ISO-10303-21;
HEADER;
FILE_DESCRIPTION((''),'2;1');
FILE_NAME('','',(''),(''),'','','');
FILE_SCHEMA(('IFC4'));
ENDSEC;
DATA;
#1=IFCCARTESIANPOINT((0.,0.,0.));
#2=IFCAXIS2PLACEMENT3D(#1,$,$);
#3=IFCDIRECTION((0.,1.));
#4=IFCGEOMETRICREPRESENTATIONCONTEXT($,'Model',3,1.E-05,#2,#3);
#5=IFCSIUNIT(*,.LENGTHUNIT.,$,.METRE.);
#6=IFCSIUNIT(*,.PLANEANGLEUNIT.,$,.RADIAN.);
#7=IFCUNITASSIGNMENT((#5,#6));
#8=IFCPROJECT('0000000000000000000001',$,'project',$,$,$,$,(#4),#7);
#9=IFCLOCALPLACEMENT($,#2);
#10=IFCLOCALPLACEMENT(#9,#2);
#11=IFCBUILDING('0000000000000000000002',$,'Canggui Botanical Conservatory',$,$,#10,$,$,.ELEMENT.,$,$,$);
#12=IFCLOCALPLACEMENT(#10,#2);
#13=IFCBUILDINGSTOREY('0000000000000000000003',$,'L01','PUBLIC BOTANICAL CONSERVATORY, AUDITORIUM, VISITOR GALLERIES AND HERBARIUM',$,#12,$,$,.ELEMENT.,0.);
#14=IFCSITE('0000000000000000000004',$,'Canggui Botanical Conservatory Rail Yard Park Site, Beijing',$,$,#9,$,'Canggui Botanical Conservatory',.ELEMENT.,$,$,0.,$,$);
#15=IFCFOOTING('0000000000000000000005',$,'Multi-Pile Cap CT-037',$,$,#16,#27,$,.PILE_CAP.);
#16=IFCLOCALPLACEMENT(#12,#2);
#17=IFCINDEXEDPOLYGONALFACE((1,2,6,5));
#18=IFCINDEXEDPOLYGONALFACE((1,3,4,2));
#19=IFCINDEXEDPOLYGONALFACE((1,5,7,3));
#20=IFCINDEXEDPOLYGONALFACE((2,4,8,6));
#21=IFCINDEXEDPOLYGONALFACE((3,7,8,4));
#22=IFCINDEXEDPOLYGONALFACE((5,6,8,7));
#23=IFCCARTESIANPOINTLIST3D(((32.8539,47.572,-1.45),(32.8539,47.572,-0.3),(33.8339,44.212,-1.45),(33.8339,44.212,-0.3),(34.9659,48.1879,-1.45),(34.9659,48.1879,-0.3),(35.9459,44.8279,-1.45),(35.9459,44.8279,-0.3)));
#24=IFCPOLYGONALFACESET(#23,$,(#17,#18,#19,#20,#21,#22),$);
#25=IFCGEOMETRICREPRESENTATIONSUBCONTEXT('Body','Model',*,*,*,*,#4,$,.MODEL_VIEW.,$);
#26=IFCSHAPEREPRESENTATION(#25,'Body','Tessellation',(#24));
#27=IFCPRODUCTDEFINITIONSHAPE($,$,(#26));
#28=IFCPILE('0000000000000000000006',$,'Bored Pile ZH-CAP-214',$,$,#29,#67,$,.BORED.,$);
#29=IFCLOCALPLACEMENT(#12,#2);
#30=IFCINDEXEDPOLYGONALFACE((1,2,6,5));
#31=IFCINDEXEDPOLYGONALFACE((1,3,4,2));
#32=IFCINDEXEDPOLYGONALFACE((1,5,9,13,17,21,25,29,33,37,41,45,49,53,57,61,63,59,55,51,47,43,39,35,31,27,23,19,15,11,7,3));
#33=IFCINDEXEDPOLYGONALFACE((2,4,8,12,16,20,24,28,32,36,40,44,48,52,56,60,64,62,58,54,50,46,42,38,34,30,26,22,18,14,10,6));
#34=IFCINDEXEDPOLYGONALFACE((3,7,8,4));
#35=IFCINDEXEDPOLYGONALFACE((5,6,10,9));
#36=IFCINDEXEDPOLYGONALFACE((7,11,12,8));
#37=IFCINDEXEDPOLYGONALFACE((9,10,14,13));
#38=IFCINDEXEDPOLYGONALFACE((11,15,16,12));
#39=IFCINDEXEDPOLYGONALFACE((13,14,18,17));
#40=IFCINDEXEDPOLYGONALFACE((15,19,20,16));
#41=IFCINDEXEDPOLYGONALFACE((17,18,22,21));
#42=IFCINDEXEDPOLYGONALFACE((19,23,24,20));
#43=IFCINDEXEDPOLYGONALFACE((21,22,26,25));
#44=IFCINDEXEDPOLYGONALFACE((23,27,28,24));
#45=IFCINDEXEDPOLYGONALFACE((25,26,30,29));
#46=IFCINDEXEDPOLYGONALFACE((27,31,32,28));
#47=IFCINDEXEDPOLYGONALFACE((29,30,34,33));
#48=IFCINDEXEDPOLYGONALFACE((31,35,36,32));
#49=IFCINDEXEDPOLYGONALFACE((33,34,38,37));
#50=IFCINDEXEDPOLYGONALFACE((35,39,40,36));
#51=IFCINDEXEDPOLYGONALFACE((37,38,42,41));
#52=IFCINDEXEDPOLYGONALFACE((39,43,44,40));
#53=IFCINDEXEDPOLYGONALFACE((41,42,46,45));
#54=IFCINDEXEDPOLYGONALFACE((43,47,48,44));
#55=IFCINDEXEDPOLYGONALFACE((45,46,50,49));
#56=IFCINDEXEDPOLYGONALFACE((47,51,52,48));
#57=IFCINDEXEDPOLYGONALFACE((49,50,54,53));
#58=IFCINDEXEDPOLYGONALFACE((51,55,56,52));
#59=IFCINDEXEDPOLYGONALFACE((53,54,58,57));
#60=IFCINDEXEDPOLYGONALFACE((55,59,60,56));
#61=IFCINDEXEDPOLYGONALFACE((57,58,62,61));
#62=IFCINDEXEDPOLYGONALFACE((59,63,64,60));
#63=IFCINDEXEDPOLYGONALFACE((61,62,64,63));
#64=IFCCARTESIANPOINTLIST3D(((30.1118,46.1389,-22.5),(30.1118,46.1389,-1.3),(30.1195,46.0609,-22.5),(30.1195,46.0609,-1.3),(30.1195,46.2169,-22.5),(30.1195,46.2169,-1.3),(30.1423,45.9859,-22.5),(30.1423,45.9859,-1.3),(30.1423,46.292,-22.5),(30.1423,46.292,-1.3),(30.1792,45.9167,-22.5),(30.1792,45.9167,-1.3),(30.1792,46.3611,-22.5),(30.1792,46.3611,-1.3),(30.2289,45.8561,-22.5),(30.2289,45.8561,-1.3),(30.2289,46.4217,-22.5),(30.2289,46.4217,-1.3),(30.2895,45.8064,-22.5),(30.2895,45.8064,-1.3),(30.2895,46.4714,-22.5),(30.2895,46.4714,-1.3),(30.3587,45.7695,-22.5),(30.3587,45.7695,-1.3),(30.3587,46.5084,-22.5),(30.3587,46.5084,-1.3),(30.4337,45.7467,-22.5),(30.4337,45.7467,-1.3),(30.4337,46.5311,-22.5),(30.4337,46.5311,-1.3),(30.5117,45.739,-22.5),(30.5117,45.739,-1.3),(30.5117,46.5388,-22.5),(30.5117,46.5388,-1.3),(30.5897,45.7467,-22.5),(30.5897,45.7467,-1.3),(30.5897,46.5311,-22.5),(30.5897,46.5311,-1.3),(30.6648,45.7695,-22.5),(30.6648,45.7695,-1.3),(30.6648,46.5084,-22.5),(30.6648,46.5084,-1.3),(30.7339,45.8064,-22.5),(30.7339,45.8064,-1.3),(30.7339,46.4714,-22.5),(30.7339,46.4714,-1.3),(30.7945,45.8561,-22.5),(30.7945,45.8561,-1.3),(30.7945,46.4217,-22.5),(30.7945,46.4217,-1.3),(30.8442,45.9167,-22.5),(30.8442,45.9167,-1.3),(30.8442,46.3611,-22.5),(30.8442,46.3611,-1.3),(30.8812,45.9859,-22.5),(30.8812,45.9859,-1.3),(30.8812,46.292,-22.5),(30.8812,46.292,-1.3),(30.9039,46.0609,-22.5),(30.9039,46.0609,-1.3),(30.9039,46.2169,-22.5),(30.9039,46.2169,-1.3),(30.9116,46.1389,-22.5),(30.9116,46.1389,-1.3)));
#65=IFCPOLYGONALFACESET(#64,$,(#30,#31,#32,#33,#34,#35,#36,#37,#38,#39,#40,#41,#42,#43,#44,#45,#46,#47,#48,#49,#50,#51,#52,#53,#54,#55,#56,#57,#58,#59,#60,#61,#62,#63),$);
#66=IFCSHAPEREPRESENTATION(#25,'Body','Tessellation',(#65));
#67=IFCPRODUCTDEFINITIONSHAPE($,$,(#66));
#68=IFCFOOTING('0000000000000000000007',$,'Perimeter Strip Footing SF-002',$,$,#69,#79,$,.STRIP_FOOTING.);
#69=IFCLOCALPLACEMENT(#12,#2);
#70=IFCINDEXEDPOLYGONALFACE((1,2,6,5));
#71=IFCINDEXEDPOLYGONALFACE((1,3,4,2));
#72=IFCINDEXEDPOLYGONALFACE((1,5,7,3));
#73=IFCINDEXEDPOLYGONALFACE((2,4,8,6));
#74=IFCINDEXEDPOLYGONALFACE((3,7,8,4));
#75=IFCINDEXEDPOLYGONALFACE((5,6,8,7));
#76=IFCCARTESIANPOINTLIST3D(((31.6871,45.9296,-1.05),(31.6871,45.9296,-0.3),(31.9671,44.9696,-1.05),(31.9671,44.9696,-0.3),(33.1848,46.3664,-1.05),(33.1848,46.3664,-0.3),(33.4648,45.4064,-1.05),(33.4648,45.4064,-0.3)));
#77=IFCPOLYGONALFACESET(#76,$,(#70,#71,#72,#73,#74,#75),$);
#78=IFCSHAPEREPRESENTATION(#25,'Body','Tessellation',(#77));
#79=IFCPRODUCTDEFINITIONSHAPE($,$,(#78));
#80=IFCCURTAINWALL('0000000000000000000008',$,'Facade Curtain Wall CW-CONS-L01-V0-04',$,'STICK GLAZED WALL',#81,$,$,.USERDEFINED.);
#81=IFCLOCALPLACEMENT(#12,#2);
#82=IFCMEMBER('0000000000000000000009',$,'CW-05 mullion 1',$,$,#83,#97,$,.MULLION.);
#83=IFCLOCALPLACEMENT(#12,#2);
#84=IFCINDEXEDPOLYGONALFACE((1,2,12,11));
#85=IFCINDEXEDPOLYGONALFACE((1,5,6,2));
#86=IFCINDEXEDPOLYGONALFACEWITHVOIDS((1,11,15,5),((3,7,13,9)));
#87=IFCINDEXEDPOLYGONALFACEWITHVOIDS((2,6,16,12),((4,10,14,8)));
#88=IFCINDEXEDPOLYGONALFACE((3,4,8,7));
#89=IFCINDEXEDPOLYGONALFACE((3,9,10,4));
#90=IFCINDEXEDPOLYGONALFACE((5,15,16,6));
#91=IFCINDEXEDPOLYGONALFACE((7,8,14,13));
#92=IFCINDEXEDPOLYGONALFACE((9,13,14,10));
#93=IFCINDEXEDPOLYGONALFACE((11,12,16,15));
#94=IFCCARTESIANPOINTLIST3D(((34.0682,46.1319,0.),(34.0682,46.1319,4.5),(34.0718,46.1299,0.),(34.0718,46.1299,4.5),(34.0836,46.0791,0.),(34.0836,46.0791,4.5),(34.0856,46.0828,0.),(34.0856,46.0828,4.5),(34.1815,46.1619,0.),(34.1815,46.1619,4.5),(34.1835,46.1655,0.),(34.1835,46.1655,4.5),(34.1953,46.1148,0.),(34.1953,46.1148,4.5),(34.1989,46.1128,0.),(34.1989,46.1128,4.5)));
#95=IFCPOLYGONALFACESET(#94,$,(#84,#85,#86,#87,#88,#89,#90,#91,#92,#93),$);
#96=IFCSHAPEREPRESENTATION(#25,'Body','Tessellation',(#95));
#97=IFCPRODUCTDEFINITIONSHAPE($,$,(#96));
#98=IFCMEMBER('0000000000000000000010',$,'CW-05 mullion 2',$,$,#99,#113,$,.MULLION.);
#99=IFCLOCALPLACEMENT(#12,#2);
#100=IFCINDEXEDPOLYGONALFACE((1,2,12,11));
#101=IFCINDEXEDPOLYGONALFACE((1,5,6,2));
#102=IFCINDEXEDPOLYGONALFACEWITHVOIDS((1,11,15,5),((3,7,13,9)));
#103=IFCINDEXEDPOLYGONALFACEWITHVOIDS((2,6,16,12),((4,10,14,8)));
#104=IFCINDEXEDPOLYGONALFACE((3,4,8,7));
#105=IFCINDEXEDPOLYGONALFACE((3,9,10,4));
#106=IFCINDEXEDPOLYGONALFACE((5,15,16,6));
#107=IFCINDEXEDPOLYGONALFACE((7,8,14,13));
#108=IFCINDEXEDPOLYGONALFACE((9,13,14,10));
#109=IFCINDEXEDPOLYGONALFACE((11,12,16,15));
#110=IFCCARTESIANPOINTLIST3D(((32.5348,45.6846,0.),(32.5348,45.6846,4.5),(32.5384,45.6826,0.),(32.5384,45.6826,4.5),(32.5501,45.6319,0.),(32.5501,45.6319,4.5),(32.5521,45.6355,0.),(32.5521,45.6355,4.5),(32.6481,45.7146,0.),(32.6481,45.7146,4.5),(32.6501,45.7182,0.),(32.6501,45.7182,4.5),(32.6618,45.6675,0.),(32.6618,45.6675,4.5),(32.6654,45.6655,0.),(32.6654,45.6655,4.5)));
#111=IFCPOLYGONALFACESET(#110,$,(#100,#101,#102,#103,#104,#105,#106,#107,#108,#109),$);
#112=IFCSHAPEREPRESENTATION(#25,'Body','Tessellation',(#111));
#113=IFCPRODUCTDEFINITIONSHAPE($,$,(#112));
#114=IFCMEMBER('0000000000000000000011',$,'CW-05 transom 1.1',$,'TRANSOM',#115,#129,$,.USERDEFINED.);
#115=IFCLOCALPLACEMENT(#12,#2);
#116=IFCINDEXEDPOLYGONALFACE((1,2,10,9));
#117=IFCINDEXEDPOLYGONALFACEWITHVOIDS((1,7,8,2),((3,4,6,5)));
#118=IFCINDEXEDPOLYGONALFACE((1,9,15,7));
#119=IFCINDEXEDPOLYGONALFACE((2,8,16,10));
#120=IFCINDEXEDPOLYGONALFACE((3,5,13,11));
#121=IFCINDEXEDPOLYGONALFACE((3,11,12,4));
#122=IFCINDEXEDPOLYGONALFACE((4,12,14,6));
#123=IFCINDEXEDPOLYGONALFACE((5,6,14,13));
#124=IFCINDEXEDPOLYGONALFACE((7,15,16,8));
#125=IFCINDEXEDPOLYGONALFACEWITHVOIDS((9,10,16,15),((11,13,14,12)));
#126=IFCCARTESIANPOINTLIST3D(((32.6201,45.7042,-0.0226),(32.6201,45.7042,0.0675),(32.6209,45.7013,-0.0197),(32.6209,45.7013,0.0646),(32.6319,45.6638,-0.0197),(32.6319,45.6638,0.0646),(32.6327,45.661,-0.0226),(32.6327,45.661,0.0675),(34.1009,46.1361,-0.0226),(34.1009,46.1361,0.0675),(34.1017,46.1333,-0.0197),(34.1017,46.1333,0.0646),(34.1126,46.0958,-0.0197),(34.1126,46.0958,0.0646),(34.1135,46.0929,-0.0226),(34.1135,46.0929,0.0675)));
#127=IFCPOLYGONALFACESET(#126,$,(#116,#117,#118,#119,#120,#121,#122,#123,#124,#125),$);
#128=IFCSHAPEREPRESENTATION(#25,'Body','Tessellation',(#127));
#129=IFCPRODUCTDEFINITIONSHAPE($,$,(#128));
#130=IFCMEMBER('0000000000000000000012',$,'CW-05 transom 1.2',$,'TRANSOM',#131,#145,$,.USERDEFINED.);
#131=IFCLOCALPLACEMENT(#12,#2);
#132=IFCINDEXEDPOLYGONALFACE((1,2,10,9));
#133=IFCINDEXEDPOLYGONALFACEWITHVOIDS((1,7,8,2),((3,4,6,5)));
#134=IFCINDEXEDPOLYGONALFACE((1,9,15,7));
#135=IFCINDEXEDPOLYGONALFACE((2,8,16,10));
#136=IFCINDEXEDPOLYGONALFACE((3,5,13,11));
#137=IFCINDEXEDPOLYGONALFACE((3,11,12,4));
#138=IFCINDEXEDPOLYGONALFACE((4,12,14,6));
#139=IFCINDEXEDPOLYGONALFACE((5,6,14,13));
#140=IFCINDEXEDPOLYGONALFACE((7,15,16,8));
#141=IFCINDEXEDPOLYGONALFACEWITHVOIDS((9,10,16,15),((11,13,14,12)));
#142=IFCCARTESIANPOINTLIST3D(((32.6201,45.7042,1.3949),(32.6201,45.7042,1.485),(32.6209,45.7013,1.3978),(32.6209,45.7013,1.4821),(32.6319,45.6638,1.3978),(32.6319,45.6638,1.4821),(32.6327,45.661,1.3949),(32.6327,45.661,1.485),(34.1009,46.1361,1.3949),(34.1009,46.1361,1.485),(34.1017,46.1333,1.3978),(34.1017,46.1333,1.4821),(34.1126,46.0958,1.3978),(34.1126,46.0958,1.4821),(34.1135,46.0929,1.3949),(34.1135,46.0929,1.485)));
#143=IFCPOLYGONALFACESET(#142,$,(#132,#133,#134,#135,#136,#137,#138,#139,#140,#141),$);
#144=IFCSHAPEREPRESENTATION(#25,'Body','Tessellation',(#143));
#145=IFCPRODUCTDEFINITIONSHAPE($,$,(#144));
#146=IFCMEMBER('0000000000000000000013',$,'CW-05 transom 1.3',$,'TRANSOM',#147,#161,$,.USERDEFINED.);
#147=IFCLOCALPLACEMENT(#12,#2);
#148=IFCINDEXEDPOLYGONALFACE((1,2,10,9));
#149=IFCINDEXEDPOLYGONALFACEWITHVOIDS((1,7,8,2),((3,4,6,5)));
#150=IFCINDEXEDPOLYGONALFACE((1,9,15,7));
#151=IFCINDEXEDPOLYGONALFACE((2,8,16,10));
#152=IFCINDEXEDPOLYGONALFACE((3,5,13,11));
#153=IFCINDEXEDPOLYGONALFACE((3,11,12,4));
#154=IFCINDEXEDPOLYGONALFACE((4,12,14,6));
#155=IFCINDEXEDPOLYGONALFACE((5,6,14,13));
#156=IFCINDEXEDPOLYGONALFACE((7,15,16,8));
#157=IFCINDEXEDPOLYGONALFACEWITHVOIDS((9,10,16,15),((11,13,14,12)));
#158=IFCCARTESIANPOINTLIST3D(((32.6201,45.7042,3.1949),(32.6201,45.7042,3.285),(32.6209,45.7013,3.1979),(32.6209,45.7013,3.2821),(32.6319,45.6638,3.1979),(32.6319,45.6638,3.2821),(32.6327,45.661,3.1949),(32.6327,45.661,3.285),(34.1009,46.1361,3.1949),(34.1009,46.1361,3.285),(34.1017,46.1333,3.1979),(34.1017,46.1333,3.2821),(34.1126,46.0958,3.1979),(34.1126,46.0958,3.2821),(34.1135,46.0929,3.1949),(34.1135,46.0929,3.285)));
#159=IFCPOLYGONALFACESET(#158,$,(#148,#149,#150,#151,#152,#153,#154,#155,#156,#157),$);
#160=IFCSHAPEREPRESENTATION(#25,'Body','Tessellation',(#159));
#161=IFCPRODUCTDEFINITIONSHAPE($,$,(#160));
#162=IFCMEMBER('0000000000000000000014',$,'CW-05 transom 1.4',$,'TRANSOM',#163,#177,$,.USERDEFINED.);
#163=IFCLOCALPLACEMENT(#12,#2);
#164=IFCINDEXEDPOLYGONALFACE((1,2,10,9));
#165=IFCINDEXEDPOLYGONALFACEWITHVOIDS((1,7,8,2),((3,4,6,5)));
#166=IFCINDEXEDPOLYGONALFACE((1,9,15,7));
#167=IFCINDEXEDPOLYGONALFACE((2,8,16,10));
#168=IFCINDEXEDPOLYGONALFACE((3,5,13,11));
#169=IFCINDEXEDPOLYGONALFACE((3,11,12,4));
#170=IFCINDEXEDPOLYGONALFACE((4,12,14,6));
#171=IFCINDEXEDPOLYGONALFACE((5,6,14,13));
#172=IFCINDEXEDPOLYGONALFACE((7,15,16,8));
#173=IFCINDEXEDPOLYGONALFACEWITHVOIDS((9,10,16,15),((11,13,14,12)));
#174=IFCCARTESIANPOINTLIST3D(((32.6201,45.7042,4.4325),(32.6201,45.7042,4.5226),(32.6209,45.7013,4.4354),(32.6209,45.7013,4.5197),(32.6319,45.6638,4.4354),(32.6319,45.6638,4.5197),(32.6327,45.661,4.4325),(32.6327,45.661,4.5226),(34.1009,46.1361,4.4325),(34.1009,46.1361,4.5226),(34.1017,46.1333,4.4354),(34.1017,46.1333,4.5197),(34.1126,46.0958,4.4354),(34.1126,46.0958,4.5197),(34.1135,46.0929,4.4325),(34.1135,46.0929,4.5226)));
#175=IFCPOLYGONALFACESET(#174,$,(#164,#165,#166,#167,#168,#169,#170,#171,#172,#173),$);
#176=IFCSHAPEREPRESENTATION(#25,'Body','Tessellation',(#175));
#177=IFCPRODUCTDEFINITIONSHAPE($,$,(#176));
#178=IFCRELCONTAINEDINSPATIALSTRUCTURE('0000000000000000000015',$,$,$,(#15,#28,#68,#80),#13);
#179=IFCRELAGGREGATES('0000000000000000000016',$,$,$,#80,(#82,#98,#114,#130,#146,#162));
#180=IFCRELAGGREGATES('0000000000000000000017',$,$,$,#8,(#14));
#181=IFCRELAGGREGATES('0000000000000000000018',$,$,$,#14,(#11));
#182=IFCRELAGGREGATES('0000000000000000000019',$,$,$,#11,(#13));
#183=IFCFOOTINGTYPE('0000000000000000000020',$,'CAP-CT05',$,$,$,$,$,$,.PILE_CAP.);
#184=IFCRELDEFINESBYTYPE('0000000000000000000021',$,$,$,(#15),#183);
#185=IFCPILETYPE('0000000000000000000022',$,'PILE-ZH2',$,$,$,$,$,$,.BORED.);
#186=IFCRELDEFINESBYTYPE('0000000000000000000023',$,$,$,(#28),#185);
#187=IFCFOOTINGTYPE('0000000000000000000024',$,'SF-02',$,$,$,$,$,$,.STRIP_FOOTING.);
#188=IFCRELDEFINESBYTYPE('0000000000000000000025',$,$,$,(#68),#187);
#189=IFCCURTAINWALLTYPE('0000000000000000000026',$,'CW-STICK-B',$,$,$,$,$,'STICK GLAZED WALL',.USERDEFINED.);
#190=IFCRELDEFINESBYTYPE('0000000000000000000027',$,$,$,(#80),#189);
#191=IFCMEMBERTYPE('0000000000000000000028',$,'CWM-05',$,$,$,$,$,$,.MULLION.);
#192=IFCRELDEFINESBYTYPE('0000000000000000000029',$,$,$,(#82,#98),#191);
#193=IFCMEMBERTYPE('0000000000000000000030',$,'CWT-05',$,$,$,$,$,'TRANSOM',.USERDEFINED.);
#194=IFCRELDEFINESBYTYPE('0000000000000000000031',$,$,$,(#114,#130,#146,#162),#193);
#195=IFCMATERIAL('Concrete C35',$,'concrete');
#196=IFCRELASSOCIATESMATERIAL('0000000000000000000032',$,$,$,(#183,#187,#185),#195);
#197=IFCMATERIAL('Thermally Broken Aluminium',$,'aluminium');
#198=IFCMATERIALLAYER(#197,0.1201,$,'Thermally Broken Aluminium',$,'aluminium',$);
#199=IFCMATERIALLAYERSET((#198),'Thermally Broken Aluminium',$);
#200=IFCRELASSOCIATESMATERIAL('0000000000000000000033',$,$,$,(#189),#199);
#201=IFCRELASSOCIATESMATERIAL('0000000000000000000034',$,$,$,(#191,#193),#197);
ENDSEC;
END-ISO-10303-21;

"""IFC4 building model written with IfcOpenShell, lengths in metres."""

from ifc_helpers import new_model, si_unit, direction, frame, origin, origin_2d, place, context, subcontext, project, spatial, rectangle, hollow_rectangle, circle, extrude, material, layer, layer_set, material_profile, profile_set, type_object, element, aggregate, save


model = new_model("IFC4")

# Units and contexts
model_context = context("Model", 3, precision=1e-05, world=origin(), true_north=direction((0.0, 1.0)))
body_context = subcontext(model_context, "Body", "Model", "MODEL_VIEW")
ifc_project = project(units=[si_unit("LENGTHUNIT", "METRE"), si_unit("PLANEANGLEUNIT", "RADIAN")], contexts=[model_context])

# Site, building, storey
site_placement = place(None, origin())
site = spatial("IfcSite", under=ifc_project, at=site_placement, Name="Canggui Botanical Conservatory Rail Yard Park Site, Beijing", LongName="Canggui Botanical Conservatory", CompositionType="ELEMENT", RefElevation=0.0)
building_placement = place(site_placement, origin())
building = spatial("IfcBuilding", under=site, at=building_placement, Name="Canggui Botanical Conservatory", CompositionType="ELEMENT")
storey_placement = place(building_placement, origin())
storey = spatial("IfcBuildingStorey", under=building, at=storey_placement, Name="L01", Description="PUBLIC BOTANICAL CONSERVATORY, AUDITORIUM, VISITOR GALLERIES AND HERBARIUM", CompositionType="ELEMENT", Elevation=0.0)

# Footing
ifc_material_1 = material(Name="Concrete C35", Category="concrete")
footing_type_1 = type_object("IfcFootingType", Name="CAP-CT05", PredefinedType="PILE_CAP", material=ifc_material_1)
footing_1_placement = place(storey_placement, frame((34.3999, 46.2, -1.45), z_axis=(0.0, 0.0, 1.0), x_axis=(-0.28, 0.96, 0.0)))
element("IfcFooting", 1, at=footing_1_placement, inside=storey, type_object=footing_type_1, Name="Multi-Pile Cap CT-037", PredefinedType="PILE_CAP", context=body_context, shape_type="SweptSolid", body=[
    extrude(rectangle(XDim=3.5, YDim=2.2, at=origin_2d()), origin(), (0.0, 0.0, 1.0), 1.1499),
])

# Pile
ifc_material_profile_1 = material_profile(ifc_material_1, circle(Radius=0.3999, at=origin_2d()), Name="PILE D800")
ifc_profile_set_1 = profile_set([ifc_material_profile_1], Name="Concrete C35")
pile_type = type_object("IfcPileType", Name="PILE-ZH2", PredefinedType="BORED", material=ifc_profile_set_1)
pile_placement = place(storey_placement, frame((30.5117, 46.1389, -1.3), z_axis=(0.0, 0.0, -1.0), x_axis=(1.0, 0.0, 0.0)))
element("IfcPile", 2, at=pile_placement, inside=storey, type_object=pile_type, Name="Bored Pile ZH-CAP-214", PredefinedType="BORED", context=body_context, shape_type="SweptSolid", body=[
    extrude(circle(Radius=0.3999, at=origin_2d()), origin(), (0.0, 0.0, 1.0), 21.2),
])

# Footing
footing_type_2 = type_object("IfcFootingType", Name="SF-02", PredefinedType="STRIP_FOOTING", material=ifc_material_1)
footing_2_placement = place(storey_placement, frame((32.5759, 45.668, -1.05), z_axis=(0.0, 0.0, 1.0), x_axis=(0.96, 0.28, 0.0)))
element("IfcFooting", 3, at=footing_2_placement, inside=storey, type_object=footing_type_2, Name="Perimeter Strip Footing SF-002", PredefinedType="STRIP_FOOTING", context=body_context, shape_type="SweptSolid", body=[
    extrude(rectangle(XDim=1.5601, YDim=1.0, at=origin_2d()), origin(), (0.0, 0.0, 1.0), 0.75),
])

# Curtain wall, members
ifc_material_2 = material(Name="Thermally Broken Aluminium", Category="aluminium")
ifc_layer_1 = layer(ifc_material_2, 0.1201, Name="Thermally Broken Aluminium", Category="aluminium")
ifc_layer_set_1 = layer_set([ifc_layer_1], Name="Thermally Broken Aluminium")
curtain_wall_type = type_object("IfcCurtainWallType", Name="CW-STICK-B", ElementType="STICK GLAZED WALL", PredefinedType="USERDEFINED", material=ifc_layer_set_1)
curtain_wall_placement = place(storey_placement, origin())
curtain_wall = element("IfcCurtainWall", 4, at=curtain_wall_placement, inside=storey, type_object=curtain_wall_type, Name="Facade Curtain Wall CW-CONS-L01-V0-04", ObjectType="STICK GLAZED WALL", PredefinedType="USERDEFINED")
ifc_material_profile_2 = material_profile(ifc_material_2, hollow_rectangle(XDim=0.0549, YDim=0.1201, WallThickness=0.0029, at=origin_2d()), Name="CWM 55x120x3")
ifc_profile_set_2 = profile_set([ifc_material_profile_2], Name="Thermally Broken Aluminium")
member_type_1 = type_object("IfcMemberType", Name="CWM-05", PredefinedType="MULLION", material=ifc_profile_set_2)
member_1_placement = place(storey_placement, frame((34.1335, 46.1223, 0.0), z_axis=(0.0, 0.0, 1.0), x_axis=(0.28, -0.96, 0.0)))
member_1 = element("IfcMember", 5, at=member_1_placement, type_object=member_type_1, Name="CW-05 mullion 1", PredefinedType="MULLION", context=body_context, shape_type="SweptSolid", body=[
    extrude(hollow_rectangle(XDim=0.0549, YDim=0.1201, WallThickness=0.0029, at=origin_2d()), origin(), (0.0, 0.0, 1.0), 4.5),
])
member_2_placement = place(storey_placement, frame((32.6001, 45.675, 0.0), z_axis=(0.0, 0.0, 1.0), x_axis=(0.28, -0.96, 0.0)))
member_2 = element("IfcMember", 6, at=member_2_placement, type_object=member_type_1, Name="CW-05 mullion 2", PredefinedType="MULLION", context=body_context, shape_type="SweptSolid", body=[
    extrude(hollow_rectangle(XDim=0.0549, YDim=0.1201, WallThickness=0.0029, at=origin_2d()), origin(), (0.0, 0.0, 1.0), 4.5),
])
ifc_material_profile_3 = material_profile(ifc_material_2, hollow_rectangle(XDim=0.0449, YDim=0.0901, WallThickness=0.0029, at=origin_2d()), Name="CWT 45x90x3")
ifc_profile_set_3 = profile_set([ifc_material_profile_3], Name="Thermally Broken Aluminium")
member_type_2 = type_object("IfcMemberType", Name="CWT-05", ElementType="TRANSOM", PredefinedType="USERDEFINED", material=ifc_profile_set_3)
member_3_placement = place(storey_placement, frame((34.1072, 46.1145, 0.0225), z_axis=(-0.959998, -0.280006, 0.0), x_axis=(0.280006, -0.959998, 0.0)))
member_3 = element("IfcMember", 7, at=member_3_placement, type_object=member_type_2, Name="CW-05 transom 1.1", ObjectType="TRANSOM", PredefinedType="USERDEFINED", context=body_context, shape_type="SweptSolid", body=[
    extrude(hollow_rectangle(XDim=0.0449, YDim=0.0901, WallThickness=0.0029, at=origin_2d()), origin(), (0.0, 0.0, 1.0), 1.5425),
])
member_4_placement = place(storey_placement, frame((34.1072, 46.1145, 1.4399), z_axis=(-0.959998, -0.280006, 0.0), x_axis=(0.280006, -0.959998, 0.0)))
member_4 = element("IfcMember", 8, at=member_4_placement, type_object=member_type_2, Name="CW-05 transom 1.2", ObjectType="TRANSOM", PredefinedType="USERDEFINED", context=body_context, shape_type="SweptSolid", body=[
    extrude(hollow_rectangle(XDim=0.0449, YDim=0.0901, WallThickness=0.0029, at=origin_2d()), origin(), (0.0, 0.0, 1.0), 1.5425),
])
member_5_placement = place(storey_placement, frame((34.1072, 46.1145, 3.24), z_axis=(-0.959998, -0.280006, 0.0), x_axis=(0.280006, -0.959998, 0.0)))
member_5 = element("IfcMember", 9, at=member_5_placement, type_object=member_type_2, Name="CW-05 transom 1.3", ObjectType="TRANSOM", PredefinedType="USERDEFINED", context=body_context, shape_type="SweptSolid", body=[
    extrude(hollow_rectangle(XDim=0.0449, YDim=0.0901, WallThickness=0.0029, at=origin_2d()), origin(), (0.0, 0.0, 1.0), 1.5425),
])
member_6_placement = place(storey_placement, frame((34.1072, 46.1145, 4.4775), z_axis=(-0.959998, -0.280006, 0.0), x_axis=(0.280006, -0.959998, 0.0)))
member_6 = element("IfcMember", 10, at=member_6_placement, type_object=member_type_2, Name="CW-05 transom 1.4", ObjectType="TRANSOM", PredefinedType="USERDEFINED", context=body_context, shape_type="SweptSolid", body=[
    extrude(hollow_rectangle(XDim=0.0449, YDim=0.0901, WallThickness=0.0029, at=origin_2d()), origin(), (0.0, 0.0, 1.0), 1.5425),
])
aggregate(curtain_wall, [member_1, member_2, member_3, member_4, member_5, member_6])

save(model, "model.ifc")
